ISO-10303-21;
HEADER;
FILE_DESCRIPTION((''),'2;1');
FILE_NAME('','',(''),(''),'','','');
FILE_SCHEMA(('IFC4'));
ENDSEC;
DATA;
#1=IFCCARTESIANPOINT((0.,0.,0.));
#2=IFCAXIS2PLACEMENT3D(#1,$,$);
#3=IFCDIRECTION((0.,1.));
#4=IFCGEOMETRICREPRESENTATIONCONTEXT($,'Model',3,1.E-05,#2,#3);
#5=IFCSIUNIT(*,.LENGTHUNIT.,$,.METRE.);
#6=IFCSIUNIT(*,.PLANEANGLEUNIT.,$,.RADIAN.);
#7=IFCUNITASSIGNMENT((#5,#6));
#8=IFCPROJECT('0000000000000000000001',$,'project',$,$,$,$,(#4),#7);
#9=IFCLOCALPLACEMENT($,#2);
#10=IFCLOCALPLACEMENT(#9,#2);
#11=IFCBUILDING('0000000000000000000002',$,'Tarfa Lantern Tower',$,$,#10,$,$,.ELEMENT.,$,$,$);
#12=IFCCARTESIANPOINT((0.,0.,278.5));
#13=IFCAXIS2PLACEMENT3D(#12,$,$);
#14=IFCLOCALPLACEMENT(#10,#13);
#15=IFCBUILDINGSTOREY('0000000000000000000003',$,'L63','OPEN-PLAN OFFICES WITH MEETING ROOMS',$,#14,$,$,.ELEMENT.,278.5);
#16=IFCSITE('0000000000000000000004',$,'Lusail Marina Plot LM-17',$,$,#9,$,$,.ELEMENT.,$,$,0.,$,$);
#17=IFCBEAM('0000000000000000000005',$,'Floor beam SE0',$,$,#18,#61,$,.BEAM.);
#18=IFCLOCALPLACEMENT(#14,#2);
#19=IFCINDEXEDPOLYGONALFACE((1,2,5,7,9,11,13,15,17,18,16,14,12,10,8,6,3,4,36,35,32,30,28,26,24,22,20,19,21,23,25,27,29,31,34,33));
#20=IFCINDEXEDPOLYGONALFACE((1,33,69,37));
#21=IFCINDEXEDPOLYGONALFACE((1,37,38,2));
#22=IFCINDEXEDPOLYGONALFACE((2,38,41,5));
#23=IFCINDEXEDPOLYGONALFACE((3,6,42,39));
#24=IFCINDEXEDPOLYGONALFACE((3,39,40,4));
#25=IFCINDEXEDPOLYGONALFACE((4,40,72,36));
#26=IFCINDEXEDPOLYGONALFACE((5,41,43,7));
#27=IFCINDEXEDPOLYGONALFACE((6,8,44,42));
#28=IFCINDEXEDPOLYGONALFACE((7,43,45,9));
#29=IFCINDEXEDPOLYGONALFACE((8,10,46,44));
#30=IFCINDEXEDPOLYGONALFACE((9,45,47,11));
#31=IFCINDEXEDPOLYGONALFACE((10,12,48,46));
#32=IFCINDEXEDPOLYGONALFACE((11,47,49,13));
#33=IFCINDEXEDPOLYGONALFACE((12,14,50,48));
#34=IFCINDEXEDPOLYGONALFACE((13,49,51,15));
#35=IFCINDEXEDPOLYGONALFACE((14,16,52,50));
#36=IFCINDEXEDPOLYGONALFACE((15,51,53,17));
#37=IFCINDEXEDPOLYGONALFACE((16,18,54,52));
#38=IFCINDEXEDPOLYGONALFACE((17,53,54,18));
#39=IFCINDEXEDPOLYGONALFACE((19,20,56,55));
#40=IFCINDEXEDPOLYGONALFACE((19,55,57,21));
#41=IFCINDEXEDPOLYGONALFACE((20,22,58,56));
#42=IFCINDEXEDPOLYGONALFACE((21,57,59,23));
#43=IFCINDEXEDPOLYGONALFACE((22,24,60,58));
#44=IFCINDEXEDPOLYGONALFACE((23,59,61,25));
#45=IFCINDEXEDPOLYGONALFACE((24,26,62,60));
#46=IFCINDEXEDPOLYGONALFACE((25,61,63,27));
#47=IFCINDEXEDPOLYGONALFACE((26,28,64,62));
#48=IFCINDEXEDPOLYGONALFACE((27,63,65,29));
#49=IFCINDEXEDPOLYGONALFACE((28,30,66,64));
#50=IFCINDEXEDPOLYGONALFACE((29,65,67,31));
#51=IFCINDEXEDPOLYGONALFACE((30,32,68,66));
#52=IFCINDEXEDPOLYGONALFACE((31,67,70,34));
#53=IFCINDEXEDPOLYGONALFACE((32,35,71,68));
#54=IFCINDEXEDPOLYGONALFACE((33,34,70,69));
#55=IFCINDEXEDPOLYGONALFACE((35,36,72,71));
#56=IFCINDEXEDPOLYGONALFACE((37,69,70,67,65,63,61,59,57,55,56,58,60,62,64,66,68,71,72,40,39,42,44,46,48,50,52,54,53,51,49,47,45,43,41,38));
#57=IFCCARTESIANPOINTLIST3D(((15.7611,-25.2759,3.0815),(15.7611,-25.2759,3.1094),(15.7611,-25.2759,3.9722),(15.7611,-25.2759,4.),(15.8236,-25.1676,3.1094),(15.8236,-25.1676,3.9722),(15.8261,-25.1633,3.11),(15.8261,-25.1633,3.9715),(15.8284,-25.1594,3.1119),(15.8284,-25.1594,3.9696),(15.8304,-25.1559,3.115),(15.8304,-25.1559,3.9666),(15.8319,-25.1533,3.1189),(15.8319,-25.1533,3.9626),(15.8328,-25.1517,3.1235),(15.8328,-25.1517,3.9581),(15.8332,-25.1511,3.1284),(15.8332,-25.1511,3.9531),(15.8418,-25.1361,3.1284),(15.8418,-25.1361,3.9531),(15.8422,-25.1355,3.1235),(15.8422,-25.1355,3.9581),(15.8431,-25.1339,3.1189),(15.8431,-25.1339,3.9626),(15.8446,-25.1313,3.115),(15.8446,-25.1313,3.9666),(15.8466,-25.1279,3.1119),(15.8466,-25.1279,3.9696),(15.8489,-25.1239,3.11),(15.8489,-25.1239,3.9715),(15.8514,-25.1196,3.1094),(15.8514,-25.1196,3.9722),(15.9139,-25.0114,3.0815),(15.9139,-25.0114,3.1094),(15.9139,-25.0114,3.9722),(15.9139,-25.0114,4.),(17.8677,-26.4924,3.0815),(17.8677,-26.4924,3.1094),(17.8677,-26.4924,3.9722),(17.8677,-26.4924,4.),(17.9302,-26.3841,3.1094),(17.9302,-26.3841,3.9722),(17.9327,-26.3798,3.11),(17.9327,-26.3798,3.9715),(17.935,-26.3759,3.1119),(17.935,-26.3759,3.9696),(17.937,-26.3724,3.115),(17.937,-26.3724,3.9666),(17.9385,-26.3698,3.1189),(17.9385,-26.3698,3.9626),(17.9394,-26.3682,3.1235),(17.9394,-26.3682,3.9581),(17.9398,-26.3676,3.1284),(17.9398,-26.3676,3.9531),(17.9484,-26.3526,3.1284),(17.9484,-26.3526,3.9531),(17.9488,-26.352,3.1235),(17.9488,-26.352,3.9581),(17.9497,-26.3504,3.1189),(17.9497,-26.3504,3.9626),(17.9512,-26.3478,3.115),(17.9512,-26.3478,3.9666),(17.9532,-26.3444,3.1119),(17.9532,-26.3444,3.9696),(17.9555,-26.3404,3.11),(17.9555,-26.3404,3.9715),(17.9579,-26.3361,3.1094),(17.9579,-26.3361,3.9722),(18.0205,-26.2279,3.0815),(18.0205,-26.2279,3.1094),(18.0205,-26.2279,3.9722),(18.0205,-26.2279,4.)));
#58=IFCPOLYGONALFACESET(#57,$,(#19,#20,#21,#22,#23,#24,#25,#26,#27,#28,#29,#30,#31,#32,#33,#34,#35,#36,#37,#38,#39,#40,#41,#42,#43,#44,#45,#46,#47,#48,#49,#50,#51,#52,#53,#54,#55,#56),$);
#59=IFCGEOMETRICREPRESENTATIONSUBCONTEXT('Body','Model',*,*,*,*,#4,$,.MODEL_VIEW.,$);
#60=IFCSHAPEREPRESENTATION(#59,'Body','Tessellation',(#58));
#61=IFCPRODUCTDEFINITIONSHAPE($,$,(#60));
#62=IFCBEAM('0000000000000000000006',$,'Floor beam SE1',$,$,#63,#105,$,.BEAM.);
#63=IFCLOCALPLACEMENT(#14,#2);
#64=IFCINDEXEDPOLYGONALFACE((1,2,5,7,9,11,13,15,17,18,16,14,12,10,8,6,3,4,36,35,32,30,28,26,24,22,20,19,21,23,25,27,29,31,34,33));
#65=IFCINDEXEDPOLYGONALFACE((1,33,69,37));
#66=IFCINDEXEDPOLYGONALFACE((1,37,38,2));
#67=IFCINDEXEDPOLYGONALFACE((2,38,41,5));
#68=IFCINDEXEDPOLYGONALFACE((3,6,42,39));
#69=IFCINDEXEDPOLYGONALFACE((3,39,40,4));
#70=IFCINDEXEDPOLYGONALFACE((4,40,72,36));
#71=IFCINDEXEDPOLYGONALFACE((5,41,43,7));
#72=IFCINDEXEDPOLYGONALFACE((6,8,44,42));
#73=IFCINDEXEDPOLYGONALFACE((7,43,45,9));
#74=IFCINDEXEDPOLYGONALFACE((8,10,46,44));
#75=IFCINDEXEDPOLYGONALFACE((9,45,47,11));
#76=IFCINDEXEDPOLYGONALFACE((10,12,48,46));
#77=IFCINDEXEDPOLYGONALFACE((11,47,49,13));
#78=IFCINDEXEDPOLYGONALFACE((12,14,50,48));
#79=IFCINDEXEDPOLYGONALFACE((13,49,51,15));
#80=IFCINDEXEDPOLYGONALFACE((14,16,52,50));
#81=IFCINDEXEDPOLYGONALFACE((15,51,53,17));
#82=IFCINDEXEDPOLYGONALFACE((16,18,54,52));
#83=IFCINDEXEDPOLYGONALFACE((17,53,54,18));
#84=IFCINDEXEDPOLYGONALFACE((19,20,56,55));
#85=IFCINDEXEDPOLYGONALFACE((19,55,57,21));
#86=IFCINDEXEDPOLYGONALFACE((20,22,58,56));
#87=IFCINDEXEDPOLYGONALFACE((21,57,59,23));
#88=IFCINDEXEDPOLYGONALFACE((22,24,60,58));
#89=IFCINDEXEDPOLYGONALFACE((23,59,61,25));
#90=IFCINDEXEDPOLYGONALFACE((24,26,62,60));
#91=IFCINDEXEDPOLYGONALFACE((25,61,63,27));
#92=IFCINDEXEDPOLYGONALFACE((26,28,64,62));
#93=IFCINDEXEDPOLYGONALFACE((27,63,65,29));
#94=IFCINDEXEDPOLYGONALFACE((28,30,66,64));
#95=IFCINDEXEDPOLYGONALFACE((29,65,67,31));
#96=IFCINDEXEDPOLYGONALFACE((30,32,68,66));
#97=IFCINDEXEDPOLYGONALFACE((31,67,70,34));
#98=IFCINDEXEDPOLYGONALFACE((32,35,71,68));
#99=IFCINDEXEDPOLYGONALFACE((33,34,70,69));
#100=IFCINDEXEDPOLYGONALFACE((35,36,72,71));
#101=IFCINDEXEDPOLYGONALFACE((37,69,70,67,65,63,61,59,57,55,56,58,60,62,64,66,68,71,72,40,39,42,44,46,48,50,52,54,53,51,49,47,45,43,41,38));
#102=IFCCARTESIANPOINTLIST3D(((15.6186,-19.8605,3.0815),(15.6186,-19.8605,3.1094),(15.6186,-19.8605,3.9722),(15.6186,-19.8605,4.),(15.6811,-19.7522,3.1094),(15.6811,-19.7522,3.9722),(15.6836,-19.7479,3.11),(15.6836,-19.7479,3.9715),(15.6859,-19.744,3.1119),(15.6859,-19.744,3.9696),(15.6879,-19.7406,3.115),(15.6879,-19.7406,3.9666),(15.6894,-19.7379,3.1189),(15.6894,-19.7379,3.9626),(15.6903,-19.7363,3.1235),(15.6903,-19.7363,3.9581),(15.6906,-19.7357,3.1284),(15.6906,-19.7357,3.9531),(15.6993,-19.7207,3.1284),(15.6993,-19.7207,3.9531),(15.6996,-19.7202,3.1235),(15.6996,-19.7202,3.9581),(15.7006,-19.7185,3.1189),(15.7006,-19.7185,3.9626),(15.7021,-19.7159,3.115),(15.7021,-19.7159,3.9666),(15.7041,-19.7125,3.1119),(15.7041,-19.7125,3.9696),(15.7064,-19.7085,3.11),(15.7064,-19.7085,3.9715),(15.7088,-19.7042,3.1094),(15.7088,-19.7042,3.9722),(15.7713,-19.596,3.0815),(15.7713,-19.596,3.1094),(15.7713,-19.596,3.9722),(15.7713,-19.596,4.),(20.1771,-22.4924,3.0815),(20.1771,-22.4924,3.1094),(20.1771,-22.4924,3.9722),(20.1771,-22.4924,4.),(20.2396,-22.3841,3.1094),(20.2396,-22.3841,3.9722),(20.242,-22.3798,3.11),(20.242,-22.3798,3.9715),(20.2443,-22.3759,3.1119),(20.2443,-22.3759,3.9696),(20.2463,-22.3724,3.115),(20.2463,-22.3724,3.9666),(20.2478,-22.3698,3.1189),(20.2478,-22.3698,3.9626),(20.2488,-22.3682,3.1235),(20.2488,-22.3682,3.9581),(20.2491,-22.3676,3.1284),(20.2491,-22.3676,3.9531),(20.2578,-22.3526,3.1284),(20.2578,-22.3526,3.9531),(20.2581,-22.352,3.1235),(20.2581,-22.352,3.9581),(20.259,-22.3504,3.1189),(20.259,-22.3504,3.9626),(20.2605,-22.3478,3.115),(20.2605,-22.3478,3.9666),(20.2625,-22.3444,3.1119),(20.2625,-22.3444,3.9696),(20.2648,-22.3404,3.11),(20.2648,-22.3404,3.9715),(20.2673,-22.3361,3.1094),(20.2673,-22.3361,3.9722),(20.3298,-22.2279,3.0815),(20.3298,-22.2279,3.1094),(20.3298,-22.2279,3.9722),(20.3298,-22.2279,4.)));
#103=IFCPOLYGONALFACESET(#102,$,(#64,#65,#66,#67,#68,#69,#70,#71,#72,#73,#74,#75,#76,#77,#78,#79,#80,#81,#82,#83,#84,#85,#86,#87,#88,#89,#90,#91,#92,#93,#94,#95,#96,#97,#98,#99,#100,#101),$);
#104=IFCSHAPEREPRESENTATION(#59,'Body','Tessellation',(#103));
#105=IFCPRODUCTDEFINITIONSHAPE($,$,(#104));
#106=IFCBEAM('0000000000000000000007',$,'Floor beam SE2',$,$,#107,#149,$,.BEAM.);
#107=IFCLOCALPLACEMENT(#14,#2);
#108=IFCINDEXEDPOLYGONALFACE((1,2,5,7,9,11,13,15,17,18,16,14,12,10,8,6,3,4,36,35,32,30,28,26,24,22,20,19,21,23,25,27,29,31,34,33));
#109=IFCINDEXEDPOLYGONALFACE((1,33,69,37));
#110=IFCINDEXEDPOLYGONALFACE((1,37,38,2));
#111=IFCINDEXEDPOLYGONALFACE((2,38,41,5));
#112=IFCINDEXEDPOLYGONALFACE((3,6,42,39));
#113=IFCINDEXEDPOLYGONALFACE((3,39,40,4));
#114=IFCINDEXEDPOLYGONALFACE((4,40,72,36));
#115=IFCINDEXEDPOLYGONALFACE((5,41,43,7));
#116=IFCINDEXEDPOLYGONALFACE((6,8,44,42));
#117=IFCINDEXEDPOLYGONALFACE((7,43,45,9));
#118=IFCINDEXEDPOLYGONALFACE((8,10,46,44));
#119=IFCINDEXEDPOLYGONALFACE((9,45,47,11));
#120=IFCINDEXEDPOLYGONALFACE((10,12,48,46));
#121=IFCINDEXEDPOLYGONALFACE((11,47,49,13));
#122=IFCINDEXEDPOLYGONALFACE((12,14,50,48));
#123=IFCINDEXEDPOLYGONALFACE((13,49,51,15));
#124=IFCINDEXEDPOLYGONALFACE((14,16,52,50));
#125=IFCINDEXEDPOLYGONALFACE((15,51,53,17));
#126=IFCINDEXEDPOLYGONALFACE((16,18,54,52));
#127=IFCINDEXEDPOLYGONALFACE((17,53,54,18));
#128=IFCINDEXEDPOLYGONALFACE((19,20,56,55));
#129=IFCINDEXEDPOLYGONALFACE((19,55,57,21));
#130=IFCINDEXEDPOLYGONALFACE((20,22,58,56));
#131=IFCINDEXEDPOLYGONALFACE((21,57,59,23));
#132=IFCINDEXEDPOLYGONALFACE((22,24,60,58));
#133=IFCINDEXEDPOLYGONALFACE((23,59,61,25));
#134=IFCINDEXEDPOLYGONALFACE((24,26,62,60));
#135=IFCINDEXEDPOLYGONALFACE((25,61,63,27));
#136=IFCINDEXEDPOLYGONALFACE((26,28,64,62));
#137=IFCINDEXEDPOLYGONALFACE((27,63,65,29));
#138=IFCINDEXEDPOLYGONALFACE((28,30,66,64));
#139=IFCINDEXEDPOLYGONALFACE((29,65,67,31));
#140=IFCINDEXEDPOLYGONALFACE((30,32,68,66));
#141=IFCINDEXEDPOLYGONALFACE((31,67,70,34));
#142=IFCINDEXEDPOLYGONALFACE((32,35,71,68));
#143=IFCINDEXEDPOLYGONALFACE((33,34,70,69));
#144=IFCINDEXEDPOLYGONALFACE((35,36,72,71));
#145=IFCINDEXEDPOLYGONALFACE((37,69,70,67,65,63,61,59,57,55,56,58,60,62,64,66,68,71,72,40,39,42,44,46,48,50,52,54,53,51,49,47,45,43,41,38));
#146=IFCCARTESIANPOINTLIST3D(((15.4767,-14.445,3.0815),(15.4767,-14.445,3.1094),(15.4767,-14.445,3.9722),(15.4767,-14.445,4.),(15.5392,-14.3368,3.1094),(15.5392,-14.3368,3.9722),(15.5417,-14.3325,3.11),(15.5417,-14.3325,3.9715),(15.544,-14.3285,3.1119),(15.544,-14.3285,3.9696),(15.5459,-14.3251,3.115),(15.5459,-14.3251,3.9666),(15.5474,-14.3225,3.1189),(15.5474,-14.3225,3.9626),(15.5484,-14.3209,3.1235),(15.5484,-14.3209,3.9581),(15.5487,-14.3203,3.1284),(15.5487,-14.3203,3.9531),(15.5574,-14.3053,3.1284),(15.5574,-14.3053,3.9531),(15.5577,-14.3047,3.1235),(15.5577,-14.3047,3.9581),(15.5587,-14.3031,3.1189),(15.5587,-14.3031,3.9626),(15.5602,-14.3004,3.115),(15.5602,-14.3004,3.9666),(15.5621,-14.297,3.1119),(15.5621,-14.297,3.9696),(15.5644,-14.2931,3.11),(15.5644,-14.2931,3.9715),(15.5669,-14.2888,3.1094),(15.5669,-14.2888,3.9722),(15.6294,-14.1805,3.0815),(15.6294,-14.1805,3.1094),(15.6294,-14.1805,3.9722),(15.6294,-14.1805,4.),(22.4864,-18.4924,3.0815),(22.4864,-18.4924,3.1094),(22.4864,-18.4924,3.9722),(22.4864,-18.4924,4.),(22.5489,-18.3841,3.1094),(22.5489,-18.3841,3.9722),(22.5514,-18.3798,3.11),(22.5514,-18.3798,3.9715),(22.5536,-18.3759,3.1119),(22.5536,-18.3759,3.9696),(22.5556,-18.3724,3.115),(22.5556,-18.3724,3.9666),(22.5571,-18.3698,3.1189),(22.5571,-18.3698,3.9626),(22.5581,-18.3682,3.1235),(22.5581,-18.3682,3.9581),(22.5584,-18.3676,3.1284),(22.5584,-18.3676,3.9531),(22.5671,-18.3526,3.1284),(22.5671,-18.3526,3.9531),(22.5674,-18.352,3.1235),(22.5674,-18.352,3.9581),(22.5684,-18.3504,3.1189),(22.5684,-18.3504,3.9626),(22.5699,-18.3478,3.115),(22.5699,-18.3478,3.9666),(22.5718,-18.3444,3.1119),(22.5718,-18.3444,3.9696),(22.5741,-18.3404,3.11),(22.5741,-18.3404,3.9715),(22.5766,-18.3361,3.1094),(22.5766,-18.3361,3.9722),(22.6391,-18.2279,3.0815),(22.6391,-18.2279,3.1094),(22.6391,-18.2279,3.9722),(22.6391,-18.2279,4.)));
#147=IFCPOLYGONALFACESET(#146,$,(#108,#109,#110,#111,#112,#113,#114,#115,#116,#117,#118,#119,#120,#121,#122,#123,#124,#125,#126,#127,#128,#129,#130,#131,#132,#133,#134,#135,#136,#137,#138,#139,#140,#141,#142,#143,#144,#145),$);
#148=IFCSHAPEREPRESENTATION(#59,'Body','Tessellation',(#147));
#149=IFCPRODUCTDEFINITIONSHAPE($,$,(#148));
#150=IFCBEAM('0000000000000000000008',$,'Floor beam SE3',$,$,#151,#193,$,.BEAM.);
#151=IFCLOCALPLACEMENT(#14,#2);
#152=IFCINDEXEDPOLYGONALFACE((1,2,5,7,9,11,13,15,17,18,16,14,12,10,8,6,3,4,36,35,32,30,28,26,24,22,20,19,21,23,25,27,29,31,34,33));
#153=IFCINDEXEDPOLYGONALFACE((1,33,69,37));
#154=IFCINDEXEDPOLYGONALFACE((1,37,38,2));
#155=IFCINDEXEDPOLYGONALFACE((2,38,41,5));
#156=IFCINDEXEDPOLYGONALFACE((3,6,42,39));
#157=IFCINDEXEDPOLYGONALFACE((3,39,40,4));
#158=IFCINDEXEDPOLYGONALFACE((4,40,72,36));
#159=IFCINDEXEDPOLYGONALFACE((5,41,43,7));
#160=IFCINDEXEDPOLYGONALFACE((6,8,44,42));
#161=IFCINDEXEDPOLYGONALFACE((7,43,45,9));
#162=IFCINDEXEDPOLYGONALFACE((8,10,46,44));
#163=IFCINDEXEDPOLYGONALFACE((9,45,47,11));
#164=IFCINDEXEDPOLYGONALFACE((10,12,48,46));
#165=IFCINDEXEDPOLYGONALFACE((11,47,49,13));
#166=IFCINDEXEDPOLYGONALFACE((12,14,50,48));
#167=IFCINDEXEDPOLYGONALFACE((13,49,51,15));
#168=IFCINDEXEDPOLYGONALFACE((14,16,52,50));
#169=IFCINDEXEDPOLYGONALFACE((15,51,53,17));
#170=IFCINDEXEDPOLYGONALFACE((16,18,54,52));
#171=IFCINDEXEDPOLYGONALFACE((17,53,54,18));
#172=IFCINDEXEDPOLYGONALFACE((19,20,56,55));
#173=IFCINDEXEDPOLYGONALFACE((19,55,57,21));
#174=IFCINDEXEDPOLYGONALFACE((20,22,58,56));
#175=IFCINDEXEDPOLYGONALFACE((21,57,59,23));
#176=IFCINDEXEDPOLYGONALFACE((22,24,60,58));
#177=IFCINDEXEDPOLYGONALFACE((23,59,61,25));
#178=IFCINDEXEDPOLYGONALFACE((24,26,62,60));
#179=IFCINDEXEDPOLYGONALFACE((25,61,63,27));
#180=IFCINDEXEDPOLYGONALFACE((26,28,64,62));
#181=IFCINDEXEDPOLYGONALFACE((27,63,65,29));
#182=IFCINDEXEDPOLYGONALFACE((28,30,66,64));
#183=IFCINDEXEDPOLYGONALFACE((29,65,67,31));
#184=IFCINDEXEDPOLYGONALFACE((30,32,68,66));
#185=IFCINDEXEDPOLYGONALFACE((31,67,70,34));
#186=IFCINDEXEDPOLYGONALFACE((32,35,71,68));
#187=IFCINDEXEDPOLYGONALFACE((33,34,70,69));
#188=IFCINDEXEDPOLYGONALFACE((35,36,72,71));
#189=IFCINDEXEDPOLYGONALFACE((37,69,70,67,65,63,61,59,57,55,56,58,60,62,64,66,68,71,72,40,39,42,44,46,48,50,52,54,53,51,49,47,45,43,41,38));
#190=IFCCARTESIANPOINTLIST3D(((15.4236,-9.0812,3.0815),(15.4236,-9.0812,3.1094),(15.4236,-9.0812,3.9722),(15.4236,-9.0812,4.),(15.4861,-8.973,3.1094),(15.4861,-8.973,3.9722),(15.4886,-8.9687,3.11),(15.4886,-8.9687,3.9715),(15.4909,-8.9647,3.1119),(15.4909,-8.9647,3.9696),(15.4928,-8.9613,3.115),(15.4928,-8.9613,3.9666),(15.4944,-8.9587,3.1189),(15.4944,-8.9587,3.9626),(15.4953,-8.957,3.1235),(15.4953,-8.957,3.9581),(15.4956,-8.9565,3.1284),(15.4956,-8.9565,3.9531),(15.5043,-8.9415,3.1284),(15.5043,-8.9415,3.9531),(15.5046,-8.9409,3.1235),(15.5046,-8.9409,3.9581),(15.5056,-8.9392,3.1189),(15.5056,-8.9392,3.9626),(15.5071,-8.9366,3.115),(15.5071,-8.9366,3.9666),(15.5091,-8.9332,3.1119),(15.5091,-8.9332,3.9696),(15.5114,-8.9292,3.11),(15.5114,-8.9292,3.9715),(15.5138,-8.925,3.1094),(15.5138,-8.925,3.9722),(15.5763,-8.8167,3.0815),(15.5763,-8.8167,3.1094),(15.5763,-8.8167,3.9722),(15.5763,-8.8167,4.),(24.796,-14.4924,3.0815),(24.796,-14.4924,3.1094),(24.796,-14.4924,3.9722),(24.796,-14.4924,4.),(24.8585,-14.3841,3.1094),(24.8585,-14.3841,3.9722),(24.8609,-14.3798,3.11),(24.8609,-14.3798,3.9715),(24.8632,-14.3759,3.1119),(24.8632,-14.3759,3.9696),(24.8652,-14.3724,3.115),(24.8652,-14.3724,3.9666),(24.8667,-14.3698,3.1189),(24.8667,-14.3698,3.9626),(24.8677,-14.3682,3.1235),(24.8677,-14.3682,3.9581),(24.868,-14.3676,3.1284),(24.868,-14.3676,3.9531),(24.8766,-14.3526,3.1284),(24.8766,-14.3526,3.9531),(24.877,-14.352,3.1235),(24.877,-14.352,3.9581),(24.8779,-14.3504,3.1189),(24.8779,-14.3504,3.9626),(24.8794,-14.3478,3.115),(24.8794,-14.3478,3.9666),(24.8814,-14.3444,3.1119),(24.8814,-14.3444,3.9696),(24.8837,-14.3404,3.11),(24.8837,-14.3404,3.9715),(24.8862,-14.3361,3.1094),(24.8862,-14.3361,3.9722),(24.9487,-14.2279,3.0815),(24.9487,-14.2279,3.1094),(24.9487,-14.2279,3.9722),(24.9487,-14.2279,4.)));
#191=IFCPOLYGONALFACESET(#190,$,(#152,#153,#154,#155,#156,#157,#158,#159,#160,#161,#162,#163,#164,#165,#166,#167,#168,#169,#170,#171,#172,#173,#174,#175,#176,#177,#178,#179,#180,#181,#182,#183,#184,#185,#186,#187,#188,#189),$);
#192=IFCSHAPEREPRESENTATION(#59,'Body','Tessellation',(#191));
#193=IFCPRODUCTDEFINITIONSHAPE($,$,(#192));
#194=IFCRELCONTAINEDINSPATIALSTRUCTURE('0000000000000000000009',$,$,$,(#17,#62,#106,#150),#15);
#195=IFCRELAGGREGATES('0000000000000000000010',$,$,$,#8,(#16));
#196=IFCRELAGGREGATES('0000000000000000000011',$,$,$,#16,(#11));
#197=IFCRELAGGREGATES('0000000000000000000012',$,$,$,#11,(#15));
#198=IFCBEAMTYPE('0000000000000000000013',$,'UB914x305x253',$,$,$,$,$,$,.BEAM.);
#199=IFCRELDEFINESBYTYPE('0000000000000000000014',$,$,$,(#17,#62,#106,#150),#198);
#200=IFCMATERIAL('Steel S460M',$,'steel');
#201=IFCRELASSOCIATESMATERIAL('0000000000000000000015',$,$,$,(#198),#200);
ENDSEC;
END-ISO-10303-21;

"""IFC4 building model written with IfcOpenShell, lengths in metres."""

from ifc_helpers import new_model, si_unit, direction, frame, origin, origin_2d, place, context, subcontext, project, spatial, i_section, extrude, material, material_profile, profile_set, type_object, element, save


model = new_model("IFC4")

# Units and contexts
model_context = context("Model", 3, precision=1e-05, world=origin(), true_north=direction((0.0, 1.0)))
body_context = subcontext(model_context, "Body", "Model", "MODEL_VIEW")
ifc_project = project(units=[si_unit("LENGTHUNIT", "METRE"), si_unit("PLANEANGLEUNIT", "RADIAN")], contexts=[model_context])

# Site, building, storey
site_placement = place(None, origin())
site = spatial("IfcSite", under=ifc_project, at=site_placement, Name="Lusail Marina Plot LM-17", CompositionType="ELEMENT", RefElevation=0.0)
building_placement = place(site_placement, origin())
building = spatial("IfcBuilding", under=site, at=building_placement, Name="Tarfa Lantern Tower", CompositionType="ELEMENT")
storey_placement = place(building_placement, frame((0.0, 0.0, 278.5)))
storey = spatial("IfcBuildingStorey", under=building, at=storey_placement, Name="L63", Description="OPEN-PLAN OFFICES WITH MEETING ROOMS", CompositionType="ELEMENT", Elevation=278.5)

# Beams
ifc_material_1 = material(Name="Steel S460M", Category="steel")
ifc_material_profile_1 = material_profile(ifc_material_1, i_section(OverallWidth=0.3054, OverallDepth=0.9185, WebThickness=0.0173, FlangeThickness=0.0278, FilletRadius=0.019, at=origin_2d()), Name="UB914x305x253")
ifc_profile_set_1 = profile_set([ifc_material_profile_1], Name="Steel S460M")
beam_type_1 = type_object("IfcBeamType", Name="UB914x305x253", PredefinedType="BEAM", material=ifc_profile_set_1)
beam_1_placement = place(storey_placement, frame((17.9441, -26.3601, 3.5408), z_axis=(-0.86598, 0.500079, 0.0), x_axis=(-0.500079, -0.86598, 0.0)))
element("IfcBeam", 1, at=beam_1_placement, inside=storey, type_object=beam_type_1, Name="Floor beam SE0", PredefinedType="BEAM", context=body_context, shape_type="SweptSolid", body=[
    extrude(i_section(OverallWidth=0.3054, OverallDepth=0.9185, WebThickness=0.0173, FlangeThickness=0.0278, FilletRadius=0.019, at=origin_2d()), origin(), (0.0, 0.0, 1.0), 2.4326),
])
beam_2_placement = place(storey_placement, frame((20.2534, -22.3601, 3.5408), z_axis=(-0.86602, 0.50001, 0.0), x_axis=(-0.50001, -0.86602, 0.0)))
element("IfcBeam", 2, at=beam_2_placement, inside=storey, type_object=beam_type_1, Name="Floor beam SE1", PredefinedType="BEAM", context=body_context, shape_type="SweptSolid", body=[
    extrude(i_section(OverallWidth=0.3054, OverallDepth=0.9185, WebThickness=0.0173, FlangeThickness=0.0278, FilletRadius=0.019, at=origin_2d()), origin(), (0.0, 0.0, 1.0), 5.2637),
])
beam_3_placement = place(storey_placement, frame((22.5627, -18.3601, 3.5408), z_axis=(-0.866011, 0.500025, 0.0), x_axis=(-0.500025, -0.866011, 0.0)))
element("IfcBeam", 3, at=beam_3_placement, inside=storey, type_object=beam_type_1, Name="Floor beam SE2", PredefinedType="BEAM", context=body_context, shape_type="SweptSolid", body=[
    extrude(i_section(OverallWidth=0.3054, OverallDepth=0.9185, WebThickness=0.0173, FlangeThickness=0.0278, FilletRadius=0.019, at=origin_2d()), origin(), (0.0, 0.0, 1.0), 8.0942),
])
beam_4_placement = place(storey_placement, frame((24.8723, -14.3601, 3.5408), z_axis=(-0.866024, 0.500002, 0.0), x_axis=(-0.500002, -0.866024, 0.0)))
element("IfcBeam", 4, at=beam_4_placement, inside=storey, type_object=beam_type_1, Name="Floor beam SE3", PredefinedType="BEAM", context=body_context, shape_type="SweptSolid", body=[
    extrude(i_section(OverallWidth=0.3054, OverallDepth=0.9185, WebThickness=0.0173, FlangeThickness=0.0278, FilletRadius=0.019, at=origin_2d()), origin(), (0.0, 0.0, 1.0), 10.8223),
])

save(model, "model.ifc")
